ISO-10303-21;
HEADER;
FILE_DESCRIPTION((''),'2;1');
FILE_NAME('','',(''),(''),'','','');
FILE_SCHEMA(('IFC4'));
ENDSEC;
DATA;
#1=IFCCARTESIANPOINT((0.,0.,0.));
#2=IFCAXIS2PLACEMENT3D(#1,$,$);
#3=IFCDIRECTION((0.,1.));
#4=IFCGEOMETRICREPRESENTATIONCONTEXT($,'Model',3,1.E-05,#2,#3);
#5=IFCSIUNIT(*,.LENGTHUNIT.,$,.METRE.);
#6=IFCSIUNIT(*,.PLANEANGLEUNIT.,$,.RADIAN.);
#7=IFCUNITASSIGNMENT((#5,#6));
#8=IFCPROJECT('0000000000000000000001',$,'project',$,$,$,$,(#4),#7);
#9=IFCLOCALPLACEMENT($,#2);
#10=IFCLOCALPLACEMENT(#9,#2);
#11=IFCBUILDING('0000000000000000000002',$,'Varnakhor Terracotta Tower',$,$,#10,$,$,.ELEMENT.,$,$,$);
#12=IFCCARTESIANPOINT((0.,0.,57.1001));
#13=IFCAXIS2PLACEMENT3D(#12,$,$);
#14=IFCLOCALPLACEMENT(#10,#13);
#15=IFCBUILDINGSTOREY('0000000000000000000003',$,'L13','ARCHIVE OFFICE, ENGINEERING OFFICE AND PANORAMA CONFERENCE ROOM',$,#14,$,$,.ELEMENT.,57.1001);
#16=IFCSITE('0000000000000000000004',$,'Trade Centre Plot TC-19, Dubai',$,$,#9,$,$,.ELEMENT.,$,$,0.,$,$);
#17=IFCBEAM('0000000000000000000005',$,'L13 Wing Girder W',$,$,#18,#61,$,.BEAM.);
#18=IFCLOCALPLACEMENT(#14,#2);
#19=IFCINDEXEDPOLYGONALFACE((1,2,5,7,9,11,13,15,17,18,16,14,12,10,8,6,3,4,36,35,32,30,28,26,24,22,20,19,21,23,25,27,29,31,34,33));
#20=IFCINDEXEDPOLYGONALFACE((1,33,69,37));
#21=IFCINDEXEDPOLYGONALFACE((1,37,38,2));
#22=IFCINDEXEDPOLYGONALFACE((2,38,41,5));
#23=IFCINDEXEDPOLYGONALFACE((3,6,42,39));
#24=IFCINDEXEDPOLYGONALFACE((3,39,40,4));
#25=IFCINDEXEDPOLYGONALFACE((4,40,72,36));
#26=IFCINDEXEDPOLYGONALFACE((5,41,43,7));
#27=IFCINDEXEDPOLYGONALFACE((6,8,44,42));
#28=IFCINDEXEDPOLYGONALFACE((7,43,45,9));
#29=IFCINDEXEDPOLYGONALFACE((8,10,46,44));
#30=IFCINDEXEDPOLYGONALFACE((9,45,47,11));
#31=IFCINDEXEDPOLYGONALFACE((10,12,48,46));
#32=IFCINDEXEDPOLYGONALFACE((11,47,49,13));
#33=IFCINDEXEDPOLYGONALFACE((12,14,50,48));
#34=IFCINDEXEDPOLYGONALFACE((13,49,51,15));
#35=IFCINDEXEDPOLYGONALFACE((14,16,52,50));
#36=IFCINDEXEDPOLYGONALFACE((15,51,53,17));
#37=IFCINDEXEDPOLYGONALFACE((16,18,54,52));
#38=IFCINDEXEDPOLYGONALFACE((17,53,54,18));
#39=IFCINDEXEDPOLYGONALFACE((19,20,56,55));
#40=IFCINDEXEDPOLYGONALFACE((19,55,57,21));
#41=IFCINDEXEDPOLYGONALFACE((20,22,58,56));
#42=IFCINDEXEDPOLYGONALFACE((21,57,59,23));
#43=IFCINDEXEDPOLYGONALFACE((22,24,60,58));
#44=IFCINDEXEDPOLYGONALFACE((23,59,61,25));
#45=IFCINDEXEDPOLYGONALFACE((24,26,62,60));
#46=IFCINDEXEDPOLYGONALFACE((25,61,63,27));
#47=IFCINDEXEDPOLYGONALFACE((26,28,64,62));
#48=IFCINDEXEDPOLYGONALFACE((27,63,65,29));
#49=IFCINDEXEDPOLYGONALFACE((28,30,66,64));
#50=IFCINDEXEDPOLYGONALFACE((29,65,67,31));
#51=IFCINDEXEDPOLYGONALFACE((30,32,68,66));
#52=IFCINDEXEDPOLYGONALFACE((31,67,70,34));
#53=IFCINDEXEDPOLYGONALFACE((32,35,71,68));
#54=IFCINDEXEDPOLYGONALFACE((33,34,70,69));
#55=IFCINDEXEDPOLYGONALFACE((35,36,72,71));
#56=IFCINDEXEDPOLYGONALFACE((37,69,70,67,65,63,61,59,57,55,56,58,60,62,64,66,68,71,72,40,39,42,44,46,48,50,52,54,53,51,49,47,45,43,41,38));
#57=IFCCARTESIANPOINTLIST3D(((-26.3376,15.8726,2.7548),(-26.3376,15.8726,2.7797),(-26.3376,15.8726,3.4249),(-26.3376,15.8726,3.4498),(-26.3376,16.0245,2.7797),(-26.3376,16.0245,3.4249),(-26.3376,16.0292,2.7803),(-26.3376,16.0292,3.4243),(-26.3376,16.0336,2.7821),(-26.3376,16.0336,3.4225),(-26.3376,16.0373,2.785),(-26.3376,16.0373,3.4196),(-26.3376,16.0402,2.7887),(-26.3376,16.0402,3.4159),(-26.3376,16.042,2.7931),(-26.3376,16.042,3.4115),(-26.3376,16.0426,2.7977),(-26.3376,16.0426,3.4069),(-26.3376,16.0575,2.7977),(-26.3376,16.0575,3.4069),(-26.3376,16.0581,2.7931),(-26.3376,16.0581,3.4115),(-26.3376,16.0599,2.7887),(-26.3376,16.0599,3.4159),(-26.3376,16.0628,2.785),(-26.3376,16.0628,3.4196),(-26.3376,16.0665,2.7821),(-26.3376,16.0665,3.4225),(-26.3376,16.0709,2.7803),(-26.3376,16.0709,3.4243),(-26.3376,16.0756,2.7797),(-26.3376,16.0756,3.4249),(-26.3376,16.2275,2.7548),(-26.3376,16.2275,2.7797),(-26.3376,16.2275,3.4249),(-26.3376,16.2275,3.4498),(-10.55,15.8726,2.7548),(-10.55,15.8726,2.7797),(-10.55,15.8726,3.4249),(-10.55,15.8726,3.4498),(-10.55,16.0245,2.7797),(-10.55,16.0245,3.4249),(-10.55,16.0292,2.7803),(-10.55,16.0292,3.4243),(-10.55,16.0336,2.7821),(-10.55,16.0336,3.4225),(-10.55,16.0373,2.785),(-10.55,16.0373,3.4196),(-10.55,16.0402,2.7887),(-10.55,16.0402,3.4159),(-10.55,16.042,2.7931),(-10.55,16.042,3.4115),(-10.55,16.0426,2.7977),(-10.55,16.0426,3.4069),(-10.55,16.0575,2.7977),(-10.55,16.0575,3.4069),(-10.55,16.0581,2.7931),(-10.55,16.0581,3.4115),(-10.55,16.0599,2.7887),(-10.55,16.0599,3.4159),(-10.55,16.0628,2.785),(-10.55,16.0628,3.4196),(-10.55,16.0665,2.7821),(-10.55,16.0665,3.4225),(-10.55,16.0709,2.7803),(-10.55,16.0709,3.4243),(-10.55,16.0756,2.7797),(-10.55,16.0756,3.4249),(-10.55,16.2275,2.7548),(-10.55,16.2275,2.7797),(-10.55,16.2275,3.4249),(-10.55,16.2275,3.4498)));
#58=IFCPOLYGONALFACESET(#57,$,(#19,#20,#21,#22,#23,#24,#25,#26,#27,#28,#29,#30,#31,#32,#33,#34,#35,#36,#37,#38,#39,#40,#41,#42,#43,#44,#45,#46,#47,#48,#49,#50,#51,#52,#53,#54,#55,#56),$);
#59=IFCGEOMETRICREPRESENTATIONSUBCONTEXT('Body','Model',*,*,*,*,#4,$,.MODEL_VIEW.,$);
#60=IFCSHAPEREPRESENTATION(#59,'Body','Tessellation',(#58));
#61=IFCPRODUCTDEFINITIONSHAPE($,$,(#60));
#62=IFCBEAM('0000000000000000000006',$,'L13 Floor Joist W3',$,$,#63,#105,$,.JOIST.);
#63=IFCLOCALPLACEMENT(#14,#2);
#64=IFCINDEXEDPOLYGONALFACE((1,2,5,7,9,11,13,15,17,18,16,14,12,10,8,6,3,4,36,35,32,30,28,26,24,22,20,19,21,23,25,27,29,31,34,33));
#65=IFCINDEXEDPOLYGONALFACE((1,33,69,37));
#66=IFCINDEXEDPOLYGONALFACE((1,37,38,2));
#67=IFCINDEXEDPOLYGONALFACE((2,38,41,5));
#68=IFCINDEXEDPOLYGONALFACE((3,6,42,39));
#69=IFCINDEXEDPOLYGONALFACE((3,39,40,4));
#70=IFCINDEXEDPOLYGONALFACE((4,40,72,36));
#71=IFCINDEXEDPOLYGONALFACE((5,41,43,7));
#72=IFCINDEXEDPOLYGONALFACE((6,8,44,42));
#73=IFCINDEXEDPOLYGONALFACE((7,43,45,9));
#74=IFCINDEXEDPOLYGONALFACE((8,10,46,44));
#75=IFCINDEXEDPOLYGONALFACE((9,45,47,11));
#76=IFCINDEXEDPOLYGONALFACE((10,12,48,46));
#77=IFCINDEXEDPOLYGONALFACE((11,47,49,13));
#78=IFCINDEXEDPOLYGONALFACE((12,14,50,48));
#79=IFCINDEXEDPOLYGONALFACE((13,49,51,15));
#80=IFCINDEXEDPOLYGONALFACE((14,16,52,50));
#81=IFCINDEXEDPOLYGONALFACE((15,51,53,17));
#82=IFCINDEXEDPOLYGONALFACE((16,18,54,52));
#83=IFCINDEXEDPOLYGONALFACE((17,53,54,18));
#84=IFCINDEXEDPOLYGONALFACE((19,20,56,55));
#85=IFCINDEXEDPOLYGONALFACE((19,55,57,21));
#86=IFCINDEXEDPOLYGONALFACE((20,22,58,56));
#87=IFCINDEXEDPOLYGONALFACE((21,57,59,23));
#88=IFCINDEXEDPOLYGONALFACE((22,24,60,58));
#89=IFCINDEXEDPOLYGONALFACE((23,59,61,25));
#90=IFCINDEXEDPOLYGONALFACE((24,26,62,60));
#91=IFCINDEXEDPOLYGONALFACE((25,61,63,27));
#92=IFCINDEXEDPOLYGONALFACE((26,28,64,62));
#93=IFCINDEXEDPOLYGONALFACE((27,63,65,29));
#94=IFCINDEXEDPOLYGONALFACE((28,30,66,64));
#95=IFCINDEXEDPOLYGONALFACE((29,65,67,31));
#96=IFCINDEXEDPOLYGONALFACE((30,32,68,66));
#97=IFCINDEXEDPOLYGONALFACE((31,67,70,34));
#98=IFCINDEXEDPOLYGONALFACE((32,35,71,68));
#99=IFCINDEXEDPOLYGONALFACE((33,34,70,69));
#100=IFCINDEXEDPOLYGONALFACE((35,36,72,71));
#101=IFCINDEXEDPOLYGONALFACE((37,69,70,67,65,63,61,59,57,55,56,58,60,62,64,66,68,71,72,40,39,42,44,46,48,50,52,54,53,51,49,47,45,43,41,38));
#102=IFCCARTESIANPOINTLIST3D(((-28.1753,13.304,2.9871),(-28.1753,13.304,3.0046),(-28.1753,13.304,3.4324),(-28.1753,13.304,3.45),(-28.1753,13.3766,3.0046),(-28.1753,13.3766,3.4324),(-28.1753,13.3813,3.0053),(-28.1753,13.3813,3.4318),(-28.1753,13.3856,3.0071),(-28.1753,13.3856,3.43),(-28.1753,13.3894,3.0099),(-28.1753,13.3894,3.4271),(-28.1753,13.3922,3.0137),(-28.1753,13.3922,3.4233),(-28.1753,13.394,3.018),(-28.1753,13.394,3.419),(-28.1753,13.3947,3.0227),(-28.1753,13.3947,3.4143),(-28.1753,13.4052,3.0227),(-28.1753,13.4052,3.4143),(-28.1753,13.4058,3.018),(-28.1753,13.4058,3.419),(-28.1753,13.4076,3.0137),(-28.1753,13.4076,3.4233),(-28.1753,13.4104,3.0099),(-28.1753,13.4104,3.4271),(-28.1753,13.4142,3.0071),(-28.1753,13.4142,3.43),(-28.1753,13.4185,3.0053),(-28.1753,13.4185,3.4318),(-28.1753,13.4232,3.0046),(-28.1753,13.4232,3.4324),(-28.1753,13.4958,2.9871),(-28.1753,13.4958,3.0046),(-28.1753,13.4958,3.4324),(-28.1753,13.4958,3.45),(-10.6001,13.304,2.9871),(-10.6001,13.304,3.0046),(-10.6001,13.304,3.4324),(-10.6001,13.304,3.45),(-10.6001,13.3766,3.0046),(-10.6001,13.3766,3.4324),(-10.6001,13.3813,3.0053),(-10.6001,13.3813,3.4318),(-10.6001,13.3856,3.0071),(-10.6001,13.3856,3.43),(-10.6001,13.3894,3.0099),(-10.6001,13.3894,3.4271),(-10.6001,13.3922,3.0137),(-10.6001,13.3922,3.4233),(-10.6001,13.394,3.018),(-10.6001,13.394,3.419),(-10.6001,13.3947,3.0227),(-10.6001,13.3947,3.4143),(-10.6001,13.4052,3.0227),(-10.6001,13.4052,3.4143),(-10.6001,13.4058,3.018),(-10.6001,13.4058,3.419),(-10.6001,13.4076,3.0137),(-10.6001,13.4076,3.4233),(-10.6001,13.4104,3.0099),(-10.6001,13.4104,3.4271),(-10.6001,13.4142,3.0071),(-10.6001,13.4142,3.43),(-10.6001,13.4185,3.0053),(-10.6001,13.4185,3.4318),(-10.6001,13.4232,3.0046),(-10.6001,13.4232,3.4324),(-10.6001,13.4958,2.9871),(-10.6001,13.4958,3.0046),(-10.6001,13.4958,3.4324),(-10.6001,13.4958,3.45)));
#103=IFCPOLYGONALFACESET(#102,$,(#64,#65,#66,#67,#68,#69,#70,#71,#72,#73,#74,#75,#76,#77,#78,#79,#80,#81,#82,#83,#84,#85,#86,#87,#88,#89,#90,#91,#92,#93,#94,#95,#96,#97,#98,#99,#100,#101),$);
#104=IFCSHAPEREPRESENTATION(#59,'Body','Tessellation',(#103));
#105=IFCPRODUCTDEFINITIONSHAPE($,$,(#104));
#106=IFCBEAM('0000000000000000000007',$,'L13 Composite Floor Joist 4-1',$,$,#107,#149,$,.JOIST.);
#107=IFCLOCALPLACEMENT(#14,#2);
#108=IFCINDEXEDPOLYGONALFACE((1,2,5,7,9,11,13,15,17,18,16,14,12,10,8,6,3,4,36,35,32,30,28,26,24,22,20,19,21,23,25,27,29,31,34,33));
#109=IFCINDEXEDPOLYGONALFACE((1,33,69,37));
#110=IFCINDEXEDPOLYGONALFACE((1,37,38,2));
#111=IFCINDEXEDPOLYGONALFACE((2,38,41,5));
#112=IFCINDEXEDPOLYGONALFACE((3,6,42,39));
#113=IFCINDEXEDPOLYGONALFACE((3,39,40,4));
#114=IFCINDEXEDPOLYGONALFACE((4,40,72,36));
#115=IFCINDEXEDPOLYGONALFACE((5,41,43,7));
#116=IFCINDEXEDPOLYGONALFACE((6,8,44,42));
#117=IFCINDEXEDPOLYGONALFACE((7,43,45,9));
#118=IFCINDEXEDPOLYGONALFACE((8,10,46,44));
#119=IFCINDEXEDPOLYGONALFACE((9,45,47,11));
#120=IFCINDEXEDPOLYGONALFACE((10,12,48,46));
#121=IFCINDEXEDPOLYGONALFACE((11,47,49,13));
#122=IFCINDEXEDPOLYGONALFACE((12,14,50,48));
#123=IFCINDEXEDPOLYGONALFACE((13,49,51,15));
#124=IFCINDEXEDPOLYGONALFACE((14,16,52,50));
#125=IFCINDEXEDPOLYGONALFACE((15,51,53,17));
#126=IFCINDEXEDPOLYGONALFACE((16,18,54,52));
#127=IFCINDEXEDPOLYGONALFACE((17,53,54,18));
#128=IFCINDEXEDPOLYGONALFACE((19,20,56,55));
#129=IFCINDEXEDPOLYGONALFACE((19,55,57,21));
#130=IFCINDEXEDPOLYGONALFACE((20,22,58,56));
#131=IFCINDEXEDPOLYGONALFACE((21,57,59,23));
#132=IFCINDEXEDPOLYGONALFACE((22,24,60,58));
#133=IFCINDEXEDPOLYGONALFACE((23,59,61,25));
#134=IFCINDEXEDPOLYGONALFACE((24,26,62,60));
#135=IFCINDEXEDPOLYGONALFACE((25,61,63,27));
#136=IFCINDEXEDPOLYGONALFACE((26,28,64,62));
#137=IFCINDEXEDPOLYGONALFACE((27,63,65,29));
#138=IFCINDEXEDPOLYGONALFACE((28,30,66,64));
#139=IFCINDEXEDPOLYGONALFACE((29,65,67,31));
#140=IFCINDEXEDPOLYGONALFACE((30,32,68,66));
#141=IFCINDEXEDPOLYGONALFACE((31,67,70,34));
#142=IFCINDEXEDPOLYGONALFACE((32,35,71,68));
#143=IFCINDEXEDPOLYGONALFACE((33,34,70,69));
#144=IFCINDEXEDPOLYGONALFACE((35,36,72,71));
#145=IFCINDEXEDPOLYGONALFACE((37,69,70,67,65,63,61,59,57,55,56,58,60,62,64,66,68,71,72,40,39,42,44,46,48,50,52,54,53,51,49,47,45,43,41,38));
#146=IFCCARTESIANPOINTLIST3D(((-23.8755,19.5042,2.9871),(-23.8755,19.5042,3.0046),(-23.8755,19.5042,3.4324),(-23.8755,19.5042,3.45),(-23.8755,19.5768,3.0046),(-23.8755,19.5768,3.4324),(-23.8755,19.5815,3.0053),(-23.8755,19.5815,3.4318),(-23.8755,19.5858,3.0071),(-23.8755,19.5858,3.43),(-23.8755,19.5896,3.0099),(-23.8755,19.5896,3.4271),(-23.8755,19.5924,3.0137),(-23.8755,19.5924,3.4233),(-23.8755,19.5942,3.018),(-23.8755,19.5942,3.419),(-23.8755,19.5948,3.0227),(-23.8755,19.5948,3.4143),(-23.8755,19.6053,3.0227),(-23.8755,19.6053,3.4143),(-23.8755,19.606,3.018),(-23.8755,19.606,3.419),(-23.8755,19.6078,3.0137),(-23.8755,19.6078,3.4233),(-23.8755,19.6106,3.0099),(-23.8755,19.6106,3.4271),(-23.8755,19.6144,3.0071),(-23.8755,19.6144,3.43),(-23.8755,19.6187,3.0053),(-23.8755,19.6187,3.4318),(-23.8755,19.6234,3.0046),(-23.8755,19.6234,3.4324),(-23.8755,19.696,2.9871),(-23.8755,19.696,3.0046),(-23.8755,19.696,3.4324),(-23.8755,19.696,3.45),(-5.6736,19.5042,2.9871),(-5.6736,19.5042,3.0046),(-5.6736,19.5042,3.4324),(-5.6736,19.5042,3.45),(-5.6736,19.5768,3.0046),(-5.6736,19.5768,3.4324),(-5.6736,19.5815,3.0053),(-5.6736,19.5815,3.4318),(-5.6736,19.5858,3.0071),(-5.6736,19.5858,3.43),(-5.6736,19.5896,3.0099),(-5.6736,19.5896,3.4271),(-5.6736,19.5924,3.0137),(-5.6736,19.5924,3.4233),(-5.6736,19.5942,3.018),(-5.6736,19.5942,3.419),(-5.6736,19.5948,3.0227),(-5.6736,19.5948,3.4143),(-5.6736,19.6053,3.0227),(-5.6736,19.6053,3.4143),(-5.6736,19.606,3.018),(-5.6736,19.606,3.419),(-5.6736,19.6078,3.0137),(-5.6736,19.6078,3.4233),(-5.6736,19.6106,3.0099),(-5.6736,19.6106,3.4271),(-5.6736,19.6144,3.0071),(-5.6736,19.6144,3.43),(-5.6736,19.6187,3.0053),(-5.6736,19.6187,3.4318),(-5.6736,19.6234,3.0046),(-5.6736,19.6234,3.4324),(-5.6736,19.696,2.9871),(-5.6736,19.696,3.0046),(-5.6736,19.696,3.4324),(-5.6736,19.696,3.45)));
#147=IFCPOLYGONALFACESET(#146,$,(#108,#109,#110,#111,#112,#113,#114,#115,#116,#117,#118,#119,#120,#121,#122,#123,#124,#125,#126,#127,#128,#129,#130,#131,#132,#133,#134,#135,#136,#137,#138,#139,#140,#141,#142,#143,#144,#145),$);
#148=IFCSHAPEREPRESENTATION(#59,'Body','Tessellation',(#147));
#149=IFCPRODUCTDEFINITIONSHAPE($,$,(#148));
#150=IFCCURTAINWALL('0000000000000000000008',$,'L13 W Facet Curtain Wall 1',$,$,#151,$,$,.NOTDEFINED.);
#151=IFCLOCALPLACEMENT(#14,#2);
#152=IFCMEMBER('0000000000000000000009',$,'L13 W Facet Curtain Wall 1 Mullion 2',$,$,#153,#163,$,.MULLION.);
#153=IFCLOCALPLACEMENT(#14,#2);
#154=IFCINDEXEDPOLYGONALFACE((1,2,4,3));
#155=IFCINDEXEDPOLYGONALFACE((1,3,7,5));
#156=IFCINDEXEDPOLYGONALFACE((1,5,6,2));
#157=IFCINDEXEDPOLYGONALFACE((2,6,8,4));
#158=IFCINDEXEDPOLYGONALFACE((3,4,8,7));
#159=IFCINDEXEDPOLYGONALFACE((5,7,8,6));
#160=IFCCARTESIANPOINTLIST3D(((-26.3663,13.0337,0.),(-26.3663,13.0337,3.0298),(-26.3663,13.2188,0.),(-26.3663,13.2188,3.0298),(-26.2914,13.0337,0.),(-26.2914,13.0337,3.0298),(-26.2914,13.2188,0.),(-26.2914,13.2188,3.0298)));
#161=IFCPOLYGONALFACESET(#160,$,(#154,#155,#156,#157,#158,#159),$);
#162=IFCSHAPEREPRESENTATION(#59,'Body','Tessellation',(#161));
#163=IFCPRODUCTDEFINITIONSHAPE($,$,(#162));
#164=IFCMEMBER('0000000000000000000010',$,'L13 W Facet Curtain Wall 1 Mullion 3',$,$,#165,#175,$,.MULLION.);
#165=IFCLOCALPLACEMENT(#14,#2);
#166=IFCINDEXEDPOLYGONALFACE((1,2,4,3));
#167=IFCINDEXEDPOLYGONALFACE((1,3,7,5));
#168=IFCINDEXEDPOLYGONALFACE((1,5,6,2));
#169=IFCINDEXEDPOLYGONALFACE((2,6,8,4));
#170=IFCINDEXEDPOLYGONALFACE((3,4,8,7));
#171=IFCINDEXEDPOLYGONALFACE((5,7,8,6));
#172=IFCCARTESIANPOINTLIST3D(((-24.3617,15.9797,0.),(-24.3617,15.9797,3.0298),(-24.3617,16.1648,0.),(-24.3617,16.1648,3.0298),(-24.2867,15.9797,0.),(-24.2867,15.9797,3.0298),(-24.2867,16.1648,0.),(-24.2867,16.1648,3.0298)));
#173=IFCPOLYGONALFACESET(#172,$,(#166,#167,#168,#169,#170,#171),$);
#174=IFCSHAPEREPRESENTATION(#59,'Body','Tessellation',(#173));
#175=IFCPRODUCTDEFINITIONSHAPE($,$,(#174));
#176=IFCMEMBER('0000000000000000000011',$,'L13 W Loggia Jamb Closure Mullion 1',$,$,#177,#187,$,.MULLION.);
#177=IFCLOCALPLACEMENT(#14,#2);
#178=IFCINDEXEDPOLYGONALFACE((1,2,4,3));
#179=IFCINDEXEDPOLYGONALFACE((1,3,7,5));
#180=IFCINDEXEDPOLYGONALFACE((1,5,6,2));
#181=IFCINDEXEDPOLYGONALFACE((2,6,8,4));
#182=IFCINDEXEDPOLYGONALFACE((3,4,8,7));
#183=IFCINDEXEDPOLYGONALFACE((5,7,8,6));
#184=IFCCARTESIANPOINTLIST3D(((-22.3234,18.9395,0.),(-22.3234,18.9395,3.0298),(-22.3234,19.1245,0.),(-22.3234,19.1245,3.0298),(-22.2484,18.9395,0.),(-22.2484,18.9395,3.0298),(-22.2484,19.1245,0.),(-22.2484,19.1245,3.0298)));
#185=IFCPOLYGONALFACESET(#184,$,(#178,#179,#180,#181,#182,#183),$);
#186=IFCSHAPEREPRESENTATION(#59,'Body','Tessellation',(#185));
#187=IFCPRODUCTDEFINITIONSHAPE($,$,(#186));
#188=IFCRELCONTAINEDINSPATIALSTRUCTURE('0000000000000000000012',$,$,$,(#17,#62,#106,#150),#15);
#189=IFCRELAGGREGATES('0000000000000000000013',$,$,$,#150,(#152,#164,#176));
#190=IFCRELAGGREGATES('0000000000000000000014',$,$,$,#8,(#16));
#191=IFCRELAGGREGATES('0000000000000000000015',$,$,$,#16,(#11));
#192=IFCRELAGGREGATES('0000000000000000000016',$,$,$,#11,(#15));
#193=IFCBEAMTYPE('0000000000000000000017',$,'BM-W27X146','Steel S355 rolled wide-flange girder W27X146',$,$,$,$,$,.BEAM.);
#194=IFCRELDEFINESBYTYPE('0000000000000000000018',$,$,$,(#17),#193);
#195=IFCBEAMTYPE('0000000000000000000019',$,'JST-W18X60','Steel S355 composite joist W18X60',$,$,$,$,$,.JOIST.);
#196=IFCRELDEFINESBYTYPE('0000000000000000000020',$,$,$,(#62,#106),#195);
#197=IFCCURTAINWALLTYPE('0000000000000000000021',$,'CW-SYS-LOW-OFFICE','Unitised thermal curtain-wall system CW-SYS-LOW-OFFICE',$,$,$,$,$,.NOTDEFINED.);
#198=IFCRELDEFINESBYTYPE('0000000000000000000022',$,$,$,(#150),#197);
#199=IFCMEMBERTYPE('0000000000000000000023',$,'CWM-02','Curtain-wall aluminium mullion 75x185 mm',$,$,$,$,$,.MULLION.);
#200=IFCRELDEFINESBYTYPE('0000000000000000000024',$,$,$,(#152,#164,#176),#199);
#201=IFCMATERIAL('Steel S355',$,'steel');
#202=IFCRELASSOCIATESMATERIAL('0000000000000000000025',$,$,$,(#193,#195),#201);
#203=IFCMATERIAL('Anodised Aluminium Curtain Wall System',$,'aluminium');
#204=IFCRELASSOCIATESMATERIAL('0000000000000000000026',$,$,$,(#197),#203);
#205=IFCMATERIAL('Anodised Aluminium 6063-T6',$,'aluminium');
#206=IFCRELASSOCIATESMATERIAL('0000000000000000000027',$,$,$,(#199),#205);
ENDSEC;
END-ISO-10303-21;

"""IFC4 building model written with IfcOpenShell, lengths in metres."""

from ifc_helpers import new_model, si_unit, direction, frame, origin, origin_2d, place, context, subcontext, project, spatial, rectangle, i_section, extrude, source, transform, mapped, material, material_profile, profile_set, type_object, element, aggregate, save


model = new_model("IFC4")

# Units and contexts
model_context = context("Model", 3, precision=1e-05, world=origin(), true_north=direction((0.0, 1.0)))
body_context = subcontext(model_context, "Body", "Model", "MODEL_VIEW")
ifc_project = project(units=[si_unit("LENGTHUNIT", "METRE"), si_unit("PLANEANGLEUNIT", "RADIAN")], contexts=[model_context])

# Site, building, storey
site_placement = place(None, origin())
site = spatial("IfcSite", under=ifc_project, at=site_placement, Name="Trade Centre Plot TC-19, Dubai", CompositionType="ELEMENT", RefElevation=0.0)
building_placement = place(site_placement, origin())
building = spatial("IfcBuilding", under=site, at=building_placement, Name="Varnakhor Terracotta Tower", CompositionType="ELEMENT")
storey_placement = place(building_placement, frame((0.0, 0.0, 57.1001)))
storey = spatial("IfcBuildingStorey", under=building, at=storey_placement, Name="L13", Description="ARCHIVE OFFICE, ENGINEERING OFFICE AND PANORAMA CONFERENCE ROOM", CompositionType="ELEMENT", Elevation=57.1001)

# Beams
ifc_material_1 = material(Name="Steel S355", Category="steel")
ifc_material_profile_1 = material_profile(ifc_material_1, i_section(OverallWidth=0.355, OverallDepth=0.6951, WebThickness=0.0149, FlangeThickness=0.0249, FilletRadius=0.0181, at=origin_2d()), Name="W27X146")
ifc_profile_set_1 = profile_set([ifc_material_profile_1], Name="Steel S355")
beam_type_1 = type_object("IfcBeamType", Name="BM-W27X146", Description="Steel S355 rolled wide-flange girder W27X146", PredefinedType="BEAM", material=ifc_profile_set_1)
shared_shape_1 = source(origin(), body_context, "Body", "SweptSolid", [
    extrude(i_section(OverallWidth=0.355, OverallDepth=0.6951, WebThickness=0.0149, FlangeThickness=0.0249, FilletRadius=0.0181, at=origin_2d()), origin(), (0.0, 0.0, 1.0), 15.7876),
])
beam_1_placement = place(storey_placement, frame((-26.3376, 16.05, 3.1023), z_axis=(1.0, 0.0, 0.0), x_axis=(0.0, 1.0, 0.0)))
element("IfcBeam", 1, at=beam_1_placement, inside=storey, type_object=beam_type_1, Name="L13 Wing Girder W", PredefinedType="BEAM", context=body_context, shape_type="MappedRepresentation", body=[
    mapped(shared_shape_1, transform((0.0, 0.0, 0.0), scale=1.0)),
])
ifc_material_profile_2 = material_profile(ifc_material_1, i_section(OverallWidth=0.1919, OverallDepth=0.4629, WebThickness=0.0105, FlangeThickness=0.0176, FilletRadius=0.0181, at=origin_2d()), Name="W18X60")
ifc_profile_set_2 = profile_set([ifc_material_profile_2], Name="Steel S355")
beam_type_2 = type_object("IfcBeamType", Name="JST-W18X60", Description="Steel S355 composite joist W18X60", PredefinedType="JOIST", material=ifc_profile_set_2)
shared_shape_2 = source(origin(), body_context, "Body", "SweptSolid", [
    extrude(i_section(OverallWidth=0.1919, OverallDepth=0.4629, WebThickness=0.0105, FlangeThickness=0.0176, FilletRadius=0.0181, at=origin_2d()), origin(), (0.0, 0.0, 1.0), 17.5752),
])
beam_2_placement = place(storey_placement, frame((-28.1753, 13.3999, 3.2185), z_axis=(1.0, 0.0, 0.0), x_axis=(0.0, 1.0, 0.0)))
element("IfcBeam", 2, at=beam_2_placement, inside=storey, type_object=beam_type_2, Name="L13 Floor Joist W3", PredefinedType="JOIST", context=body_context, shape_type="MappedRepresentation", body=[
    mapped(shared_shape_2, transform((0.0, 0.0, 0.0), scale=1.0)),
])
shared_shape_3 = source(origin(), body_context, "Body", "SweptSolid", [
    extrude(i_section(OverallWidth=0.1919, OverallDepth=0.4629, WebThickness=0.0105, FlangeThickness=0.0176, FilletRadius=0.0181, at=origin_2d()), origin(), (0.0, 0.0, 1.0), 18.2019),
])
beam_3_placement = place(storey_placement, frame((-23.8755, 19.6001, 3.2185), z_axis=(1.0, 0.0, 0.0), x_axis=(0.0, 1.0, 0.0)))
element("IfcBeam", 3, at=beam_3_placement, inside=storey, type_object=beam_type_2, Name="L13 Composite Floor Joist 4-1", PredefinedType="JOIST", context=body_context, shape_type="MappedRepresentation", body=[
    mapped(shared_shape_3, transform((0.0, 0.0, 0.0), scale=1.0)),
])

# Curtain wall, members
ifc_material_2 = material(Name="Anodised Aluminium Curtain Wall System", Category="aluminium")
curtain_wall_type = type_object("IfcCurtainWallType", Name="CW-SYS-LOW-OFFICE", Description="Unitised thermal curtain-wall system CW-SYS-LOW-OFFICE", PredefinedType="NOTDEFINED", material=ifc_material_2)
curtain_wall_placement = place(storey_placement, origin())
curtain_wall = element("IfcCurtainWall", 4, at=curtain_wall_placement, inside=storey, type_object=curtain_wall_type, Name="L13 W Facet Curtain Wall 1", PredefinedType="NOTDEFINED")
ifc_material_3 = material(Name="Anodised Aluminium 6063-T6", Category="aluminium")
ifc_material_profile_3 = material_profile(ifc_material_3, rectangle(XDim=0.075, YDim=0.1851, at=origin_2d()), Name="ALU MULLION 75x185")
ifc_profile_set_3 = profile_set([ifc_material_profile_3], Name="Anodised Aluminium 6063-T6")
member_type_1 = type_object("IfcMemberType", Name="CWM-02", Description="Curtain-wall aluminium mullion 75x185 mm", PredefinedType="MULLION", material=ifc_profile_set_3)
shared_shape_4 = source(origin(), body_context, "Body", "SweptSolid", [
    extrude(rectangle(XDim=0.075, YDim=0.1851, at=origin_2d()), origin(), (0.0, 0.0, 1.0), 3.0298),
])
member_1_placement = place(storey_placement, frame((-26.3289, 13.1262, 0.0), z_axis=(0.0, 0.0, 1.0), x_axis=(1.0, 0.0, 0.0)))
member_1 = element("IfcMember", 5, at=member_1_placement, type_object=member_type_1, Name="L13 W Facet Curtain Wall 1 Mullion 2", PredefinedType="MULLION", context=body_context, shape_type="MappedRepresentation", body=[
    mapped(shared_shape_4, transform((0.0, 0.0, 0.0), scale=1.0)),
])
member_2_placement = place(storey_placement, frame((-24.3242, 16.0723, 0.0), z_axis=(0.0, 0.0, 1.0), x_axis=(1.0, 0.0, 0.0)))
member_2 = element("IfcMember", 6, at=member_2_placement, type_object=member_type_1, Name="L13 W Facet Curtain Wall 1 Mullion 3", PredefinedType="MULLION", context=body_context, shape_type="MappedRepresentation", body=[
    mapped(shared_shape_4, transform((0.0, 0.0, 0.0), scale=1.0)),
])
member_3_placement = place(storey_placement, frame((-22.2859, 19.032, 0.0), z_axis=(0.0, 0.0, 1.0), x_axis=(1.0, 0.0, 0.0)))
member_3 = element("IfcMember", 7, at=member_3_placement, type_object=member_type_1, Name="L13 W Loggia Jamb Closure Mullion 1", PredefinedType="MULLION", context=body_context, shape_type="MappedRepresentation", body=[
    mapped(shared_shape_4, transform((0.0, 0.0, 0.0), scale=1.0)),
])

aggregate(curtain_wall, [member_1, member_2, member_3])

save(model, "model.ifc")
